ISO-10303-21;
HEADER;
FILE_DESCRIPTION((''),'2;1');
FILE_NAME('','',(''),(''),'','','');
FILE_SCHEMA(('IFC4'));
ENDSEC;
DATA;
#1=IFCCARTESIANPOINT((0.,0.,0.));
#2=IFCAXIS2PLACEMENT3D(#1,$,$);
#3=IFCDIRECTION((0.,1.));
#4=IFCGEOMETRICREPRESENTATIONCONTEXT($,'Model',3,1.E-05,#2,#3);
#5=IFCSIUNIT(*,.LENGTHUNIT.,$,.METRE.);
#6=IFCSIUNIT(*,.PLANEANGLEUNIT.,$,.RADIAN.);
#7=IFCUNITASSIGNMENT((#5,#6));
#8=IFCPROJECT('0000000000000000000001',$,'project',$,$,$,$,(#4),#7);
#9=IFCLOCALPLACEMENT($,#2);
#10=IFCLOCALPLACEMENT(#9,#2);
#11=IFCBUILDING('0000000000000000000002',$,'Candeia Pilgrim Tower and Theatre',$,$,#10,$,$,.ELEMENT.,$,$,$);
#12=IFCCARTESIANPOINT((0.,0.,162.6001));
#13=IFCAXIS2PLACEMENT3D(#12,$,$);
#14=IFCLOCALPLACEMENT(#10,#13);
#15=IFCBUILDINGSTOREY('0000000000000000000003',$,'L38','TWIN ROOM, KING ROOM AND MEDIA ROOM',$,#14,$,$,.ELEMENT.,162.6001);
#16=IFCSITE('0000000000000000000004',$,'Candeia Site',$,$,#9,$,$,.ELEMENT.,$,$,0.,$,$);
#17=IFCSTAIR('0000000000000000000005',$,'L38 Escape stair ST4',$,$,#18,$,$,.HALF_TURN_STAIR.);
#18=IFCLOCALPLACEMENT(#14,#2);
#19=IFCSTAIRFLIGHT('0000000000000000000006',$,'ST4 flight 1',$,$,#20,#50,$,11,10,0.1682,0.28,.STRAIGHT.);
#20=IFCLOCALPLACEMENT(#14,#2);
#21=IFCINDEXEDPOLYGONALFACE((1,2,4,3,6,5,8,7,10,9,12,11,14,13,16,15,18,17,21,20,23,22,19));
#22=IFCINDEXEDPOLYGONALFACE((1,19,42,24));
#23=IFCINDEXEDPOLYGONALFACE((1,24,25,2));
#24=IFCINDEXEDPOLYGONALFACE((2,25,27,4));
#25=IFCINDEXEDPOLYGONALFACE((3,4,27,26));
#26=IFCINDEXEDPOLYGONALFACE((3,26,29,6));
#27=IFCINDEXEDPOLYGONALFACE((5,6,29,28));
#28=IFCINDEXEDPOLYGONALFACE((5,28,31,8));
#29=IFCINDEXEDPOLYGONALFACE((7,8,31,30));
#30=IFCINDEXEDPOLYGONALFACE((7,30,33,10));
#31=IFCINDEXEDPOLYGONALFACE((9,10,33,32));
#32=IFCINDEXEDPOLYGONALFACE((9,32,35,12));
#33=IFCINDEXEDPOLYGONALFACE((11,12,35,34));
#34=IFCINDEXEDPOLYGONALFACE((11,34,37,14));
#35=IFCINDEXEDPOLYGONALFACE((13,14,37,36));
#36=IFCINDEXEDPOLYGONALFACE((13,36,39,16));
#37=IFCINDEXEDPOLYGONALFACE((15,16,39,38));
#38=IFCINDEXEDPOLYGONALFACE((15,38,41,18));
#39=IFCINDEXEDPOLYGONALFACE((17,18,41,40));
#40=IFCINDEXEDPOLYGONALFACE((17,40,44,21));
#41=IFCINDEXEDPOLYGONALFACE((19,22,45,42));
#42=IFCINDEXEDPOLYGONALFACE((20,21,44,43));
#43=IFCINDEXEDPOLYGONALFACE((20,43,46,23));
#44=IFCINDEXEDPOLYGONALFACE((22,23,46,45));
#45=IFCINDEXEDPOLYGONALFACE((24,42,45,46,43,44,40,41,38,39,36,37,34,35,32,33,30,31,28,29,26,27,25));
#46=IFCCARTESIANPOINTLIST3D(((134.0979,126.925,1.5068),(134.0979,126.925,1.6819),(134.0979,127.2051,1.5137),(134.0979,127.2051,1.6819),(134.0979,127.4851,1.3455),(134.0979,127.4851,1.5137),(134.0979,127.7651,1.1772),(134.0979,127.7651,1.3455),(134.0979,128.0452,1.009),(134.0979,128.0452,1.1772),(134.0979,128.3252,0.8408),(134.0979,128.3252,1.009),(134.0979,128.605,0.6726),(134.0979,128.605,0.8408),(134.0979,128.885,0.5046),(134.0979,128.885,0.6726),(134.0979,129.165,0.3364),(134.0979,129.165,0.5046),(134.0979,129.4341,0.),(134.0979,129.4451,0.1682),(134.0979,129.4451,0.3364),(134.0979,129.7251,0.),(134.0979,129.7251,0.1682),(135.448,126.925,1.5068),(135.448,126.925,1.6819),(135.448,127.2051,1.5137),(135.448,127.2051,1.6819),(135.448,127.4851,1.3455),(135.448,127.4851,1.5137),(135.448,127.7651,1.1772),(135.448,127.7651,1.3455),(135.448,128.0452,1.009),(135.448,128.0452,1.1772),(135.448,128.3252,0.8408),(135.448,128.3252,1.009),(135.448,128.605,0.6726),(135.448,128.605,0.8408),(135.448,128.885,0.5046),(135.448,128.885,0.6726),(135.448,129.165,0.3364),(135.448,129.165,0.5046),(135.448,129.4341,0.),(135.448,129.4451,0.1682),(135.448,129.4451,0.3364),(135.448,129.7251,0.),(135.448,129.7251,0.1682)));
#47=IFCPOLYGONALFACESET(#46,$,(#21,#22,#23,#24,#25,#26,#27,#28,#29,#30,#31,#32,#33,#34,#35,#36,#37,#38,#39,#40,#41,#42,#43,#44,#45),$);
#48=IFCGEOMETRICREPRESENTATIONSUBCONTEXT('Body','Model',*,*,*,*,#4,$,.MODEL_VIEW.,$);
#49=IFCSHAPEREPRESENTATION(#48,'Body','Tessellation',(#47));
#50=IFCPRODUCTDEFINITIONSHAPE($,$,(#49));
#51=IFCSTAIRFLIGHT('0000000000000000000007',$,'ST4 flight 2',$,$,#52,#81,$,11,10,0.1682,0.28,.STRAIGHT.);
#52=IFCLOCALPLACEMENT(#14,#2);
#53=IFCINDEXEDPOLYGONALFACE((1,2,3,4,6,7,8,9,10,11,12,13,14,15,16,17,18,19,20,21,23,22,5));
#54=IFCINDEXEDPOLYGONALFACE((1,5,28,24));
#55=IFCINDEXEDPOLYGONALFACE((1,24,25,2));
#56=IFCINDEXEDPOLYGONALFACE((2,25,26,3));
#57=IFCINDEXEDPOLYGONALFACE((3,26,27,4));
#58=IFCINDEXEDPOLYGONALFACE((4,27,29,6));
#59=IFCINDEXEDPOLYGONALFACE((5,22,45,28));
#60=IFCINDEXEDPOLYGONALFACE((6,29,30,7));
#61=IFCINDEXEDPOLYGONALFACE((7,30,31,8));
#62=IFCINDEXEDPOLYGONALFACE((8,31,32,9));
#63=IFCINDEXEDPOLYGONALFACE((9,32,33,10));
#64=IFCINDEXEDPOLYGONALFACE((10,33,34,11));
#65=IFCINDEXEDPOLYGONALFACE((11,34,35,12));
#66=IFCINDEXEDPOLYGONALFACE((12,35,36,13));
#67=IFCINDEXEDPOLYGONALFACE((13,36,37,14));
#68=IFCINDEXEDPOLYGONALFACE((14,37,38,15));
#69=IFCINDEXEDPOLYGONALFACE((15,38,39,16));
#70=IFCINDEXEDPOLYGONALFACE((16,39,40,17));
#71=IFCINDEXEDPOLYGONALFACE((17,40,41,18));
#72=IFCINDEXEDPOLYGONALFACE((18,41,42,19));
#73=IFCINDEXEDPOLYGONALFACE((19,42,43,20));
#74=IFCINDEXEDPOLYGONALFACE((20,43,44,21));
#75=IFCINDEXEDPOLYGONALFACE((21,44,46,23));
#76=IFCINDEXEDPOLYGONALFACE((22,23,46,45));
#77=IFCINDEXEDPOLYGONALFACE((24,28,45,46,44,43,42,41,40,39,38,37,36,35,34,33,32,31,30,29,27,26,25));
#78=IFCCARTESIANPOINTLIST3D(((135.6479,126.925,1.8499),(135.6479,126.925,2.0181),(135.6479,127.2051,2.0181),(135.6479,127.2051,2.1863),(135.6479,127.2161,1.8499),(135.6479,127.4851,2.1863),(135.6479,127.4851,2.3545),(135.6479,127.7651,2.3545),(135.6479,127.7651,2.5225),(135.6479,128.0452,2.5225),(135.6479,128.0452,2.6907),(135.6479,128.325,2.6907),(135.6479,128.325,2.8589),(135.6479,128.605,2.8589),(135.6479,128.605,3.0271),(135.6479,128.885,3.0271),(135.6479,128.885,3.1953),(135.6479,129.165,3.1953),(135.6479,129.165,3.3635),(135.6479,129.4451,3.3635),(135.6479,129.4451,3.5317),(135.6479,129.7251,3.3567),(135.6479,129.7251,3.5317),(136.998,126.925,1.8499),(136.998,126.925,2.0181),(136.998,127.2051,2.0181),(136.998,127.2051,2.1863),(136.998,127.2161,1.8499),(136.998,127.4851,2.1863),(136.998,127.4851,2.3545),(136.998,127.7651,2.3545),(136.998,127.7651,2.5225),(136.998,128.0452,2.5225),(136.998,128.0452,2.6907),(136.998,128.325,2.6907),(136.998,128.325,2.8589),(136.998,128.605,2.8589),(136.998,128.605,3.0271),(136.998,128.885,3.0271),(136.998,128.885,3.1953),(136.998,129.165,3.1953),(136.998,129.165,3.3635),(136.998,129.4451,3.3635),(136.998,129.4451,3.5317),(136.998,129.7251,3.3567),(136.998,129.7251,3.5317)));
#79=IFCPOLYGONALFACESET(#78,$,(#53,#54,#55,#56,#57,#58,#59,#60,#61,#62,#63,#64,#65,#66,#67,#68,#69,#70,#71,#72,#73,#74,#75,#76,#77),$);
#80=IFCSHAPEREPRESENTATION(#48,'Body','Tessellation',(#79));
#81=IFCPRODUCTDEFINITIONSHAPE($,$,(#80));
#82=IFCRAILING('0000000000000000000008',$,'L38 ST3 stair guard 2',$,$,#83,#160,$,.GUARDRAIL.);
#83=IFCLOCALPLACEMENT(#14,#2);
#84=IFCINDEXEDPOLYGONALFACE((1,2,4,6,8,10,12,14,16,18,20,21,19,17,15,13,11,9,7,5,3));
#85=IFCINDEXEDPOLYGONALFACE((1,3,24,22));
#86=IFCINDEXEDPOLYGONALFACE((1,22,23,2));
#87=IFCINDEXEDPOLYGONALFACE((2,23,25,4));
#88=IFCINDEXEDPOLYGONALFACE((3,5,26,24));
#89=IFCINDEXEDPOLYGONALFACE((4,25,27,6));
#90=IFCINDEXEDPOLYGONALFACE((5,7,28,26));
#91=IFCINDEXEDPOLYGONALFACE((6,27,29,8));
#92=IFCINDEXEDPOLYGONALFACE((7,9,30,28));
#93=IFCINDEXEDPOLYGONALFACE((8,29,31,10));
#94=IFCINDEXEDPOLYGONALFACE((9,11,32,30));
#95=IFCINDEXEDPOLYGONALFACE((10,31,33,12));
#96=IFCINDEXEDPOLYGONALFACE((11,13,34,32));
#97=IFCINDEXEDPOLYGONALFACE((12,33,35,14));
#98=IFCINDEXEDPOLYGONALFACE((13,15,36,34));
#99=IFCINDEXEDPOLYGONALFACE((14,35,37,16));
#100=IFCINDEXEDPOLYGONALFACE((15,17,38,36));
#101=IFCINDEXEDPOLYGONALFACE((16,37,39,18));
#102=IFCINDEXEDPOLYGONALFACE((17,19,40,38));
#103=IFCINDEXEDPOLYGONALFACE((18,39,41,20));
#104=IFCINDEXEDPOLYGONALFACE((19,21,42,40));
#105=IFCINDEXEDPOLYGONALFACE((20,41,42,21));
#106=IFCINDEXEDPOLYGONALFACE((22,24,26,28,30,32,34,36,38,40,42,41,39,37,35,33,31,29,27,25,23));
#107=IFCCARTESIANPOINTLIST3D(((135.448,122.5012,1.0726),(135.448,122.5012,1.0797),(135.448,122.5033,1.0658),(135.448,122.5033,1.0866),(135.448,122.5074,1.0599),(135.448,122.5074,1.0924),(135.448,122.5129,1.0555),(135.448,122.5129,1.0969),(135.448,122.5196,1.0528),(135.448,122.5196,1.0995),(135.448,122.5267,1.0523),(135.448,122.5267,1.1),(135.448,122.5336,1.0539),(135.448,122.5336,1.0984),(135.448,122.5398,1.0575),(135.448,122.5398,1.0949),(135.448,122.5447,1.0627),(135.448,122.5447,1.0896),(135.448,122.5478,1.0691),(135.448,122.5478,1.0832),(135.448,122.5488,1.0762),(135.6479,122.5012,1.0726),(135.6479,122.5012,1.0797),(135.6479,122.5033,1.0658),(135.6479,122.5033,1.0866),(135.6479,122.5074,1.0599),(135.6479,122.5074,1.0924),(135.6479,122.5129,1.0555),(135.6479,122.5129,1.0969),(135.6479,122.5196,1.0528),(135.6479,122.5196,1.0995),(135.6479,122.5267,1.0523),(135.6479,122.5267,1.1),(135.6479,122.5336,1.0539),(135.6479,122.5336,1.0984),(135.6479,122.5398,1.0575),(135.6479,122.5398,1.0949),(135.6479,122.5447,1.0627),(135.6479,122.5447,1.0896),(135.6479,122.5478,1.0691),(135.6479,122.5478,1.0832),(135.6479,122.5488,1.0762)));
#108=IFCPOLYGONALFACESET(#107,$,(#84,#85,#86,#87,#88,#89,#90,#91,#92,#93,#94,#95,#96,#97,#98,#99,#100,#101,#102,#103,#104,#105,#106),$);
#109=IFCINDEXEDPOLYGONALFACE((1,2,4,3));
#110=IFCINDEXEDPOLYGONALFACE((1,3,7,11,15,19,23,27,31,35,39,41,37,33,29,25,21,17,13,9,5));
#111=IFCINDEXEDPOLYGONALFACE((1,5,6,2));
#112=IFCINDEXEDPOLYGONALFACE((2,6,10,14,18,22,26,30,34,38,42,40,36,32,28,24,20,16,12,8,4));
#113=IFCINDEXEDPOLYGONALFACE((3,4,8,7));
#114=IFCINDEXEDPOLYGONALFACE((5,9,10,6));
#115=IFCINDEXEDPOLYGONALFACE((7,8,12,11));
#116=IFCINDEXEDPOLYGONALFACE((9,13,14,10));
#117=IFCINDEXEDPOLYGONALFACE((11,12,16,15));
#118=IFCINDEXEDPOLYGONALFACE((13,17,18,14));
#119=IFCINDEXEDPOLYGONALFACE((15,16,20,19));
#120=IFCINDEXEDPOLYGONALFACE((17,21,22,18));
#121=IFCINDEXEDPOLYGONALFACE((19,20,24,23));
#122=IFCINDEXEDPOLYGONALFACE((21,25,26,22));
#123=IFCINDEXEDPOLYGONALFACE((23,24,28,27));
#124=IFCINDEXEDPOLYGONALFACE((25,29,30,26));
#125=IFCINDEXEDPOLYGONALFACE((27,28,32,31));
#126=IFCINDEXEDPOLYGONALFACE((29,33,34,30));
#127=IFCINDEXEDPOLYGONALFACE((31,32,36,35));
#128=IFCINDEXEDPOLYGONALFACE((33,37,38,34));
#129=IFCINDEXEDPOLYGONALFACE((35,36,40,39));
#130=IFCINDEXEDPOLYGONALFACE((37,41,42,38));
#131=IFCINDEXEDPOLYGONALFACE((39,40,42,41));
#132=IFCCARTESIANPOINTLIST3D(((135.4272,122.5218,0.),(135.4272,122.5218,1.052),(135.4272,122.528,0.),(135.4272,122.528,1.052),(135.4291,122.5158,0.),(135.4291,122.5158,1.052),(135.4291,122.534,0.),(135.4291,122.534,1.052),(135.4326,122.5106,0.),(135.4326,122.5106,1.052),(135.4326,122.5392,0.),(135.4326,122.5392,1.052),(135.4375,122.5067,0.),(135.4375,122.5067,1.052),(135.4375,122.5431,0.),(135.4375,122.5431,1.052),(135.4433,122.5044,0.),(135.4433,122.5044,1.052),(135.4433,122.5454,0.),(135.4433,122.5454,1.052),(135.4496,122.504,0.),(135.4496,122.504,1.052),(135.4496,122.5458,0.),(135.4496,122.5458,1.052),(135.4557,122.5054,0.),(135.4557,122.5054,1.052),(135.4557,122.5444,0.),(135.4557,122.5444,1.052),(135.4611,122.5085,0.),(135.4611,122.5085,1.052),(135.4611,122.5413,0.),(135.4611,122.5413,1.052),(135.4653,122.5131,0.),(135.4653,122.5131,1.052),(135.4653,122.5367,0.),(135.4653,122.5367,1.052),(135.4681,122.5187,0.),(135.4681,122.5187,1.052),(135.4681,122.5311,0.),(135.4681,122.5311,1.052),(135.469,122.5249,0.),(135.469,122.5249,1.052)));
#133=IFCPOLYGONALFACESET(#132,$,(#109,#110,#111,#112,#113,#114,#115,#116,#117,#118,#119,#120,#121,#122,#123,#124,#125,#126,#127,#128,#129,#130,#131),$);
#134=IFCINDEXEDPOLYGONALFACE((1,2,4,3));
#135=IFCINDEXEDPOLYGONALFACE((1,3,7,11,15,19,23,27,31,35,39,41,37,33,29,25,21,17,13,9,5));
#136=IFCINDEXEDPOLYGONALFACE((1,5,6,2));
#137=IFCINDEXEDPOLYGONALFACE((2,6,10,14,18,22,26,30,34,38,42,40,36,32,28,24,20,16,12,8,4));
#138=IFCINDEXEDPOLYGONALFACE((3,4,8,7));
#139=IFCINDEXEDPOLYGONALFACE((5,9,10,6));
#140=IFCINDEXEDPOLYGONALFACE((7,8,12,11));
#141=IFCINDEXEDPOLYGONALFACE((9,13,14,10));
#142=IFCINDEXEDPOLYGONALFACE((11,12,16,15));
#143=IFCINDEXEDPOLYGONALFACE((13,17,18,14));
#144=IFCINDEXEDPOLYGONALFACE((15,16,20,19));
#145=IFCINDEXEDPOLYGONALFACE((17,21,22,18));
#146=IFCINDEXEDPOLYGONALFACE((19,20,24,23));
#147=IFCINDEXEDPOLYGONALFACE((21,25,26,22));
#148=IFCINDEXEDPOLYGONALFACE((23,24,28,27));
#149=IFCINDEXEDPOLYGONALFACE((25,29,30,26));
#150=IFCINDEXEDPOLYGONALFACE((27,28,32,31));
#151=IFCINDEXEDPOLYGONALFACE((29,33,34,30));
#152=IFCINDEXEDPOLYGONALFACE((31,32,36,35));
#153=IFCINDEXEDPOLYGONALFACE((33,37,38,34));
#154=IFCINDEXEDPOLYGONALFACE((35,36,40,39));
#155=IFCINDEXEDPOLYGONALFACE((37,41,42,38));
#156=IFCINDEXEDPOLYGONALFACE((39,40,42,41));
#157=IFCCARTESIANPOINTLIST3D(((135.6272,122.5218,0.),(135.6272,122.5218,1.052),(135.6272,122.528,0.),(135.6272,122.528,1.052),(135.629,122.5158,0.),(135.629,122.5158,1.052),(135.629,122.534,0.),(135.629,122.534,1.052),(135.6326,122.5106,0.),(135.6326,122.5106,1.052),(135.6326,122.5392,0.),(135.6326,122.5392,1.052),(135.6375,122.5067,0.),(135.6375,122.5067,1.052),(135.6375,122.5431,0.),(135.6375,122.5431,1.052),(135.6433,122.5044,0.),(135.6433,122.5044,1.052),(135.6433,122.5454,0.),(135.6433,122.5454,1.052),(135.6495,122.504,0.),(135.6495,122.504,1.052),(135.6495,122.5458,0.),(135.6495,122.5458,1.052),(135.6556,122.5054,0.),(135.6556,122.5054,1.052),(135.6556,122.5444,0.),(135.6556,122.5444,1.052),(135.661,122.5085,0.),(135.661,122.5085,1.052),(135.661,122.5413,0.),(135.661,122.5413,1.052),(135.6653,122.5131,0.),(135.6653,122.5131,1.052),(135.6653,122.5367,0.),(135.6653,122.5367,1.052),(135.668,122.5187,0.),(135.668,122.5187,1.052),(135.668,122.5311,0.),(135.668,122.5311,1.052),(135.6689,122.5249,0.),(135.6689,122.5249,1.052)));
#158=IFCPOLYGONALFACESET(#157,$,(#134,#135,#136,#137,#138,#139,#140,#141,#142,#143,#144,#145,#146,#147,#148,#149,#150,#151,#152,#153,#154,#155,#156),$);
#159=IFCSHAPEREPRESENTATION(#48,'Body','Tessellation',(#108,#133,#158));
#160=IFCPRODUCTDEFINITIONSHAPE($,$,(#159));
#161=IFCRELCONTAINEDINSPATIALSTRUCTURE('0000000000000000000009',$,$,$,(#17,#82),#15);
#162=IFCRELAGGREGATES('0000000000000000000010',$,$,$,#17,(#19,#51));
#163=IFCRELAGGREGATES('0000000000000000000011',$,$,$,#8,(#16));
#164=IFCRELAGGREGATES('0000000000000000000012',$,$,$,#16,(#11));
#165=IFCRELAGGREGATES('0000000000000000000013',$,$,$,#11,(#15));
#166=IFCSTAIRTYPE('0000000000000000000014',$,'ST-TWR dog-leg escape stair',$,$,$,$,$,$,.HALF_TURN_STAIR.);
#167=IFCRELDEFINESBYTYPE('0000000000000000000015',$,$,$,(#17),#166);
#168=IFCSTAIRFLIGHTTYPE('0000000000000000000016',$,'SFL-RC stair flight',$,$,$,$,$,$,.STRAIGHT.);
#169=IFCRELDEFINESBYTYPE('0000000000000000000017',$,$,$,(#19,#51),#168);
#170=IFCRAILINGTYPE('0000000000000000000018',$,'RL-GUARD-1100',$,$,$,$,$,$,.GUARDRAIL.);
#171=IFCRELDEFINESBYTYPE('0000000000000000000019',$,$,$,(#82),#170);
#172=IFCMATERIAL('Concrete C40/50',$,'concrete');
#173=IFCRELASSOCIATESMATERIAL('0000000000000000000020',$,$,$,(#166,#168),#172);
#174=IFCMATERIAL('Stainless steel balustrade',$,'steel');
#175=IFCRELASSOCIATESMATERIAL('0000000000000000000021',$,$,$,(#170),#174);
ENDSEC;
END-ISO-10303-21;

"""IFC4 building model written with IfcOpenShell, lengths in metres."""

from ifc_helpers import new_model, si_unit, direction, frame, origin, origin_2d, place, context, subcontext, project, spatial, polyline, circle, outline, extrude, material, type_object, element, aggregate, save


model = new_model("IFC4")

# Units and contexts
model_context = context("Model", 3, precision=1e-05, world=origin(), true_north=direction((0.0, 1.0)))
body_context = subcontext(model_context, "Body", "Model", "MODEL_VIEW")
ifc_project = project(units=[si_unit("LENGTHUNIT", "METRE"), si_unit("PLANEANGLEUNIT", "RADIAN")], contexts=[model_context])

# Site, building, storey
site_placement = place(None, origin())
site = spatial("IfcSite", under=ifc_project, at=site_placement, Name="Candeia Site", CompositionType="ELEMENT", RefElevation=0.0)
building_placement = place(site_placement, origin())
building = spatial("IfcBuilding", under=site, at=building_placement, Name="Candeia Pilgrim Tower and Theatre", CompositionType="ELEMENT")
storey_placement = place(building_placement, frame((0.0, 0.0, 162.6001)))
storey = spatial("IfcBuildingStorey", under=building, at=storey_placement, Name="L38", Description="TWIN ROOM, KING ROOM AND MEDIA ROOM", CompositionType="ELEMENT", Elevation=162.6001)

# Shared definitions
ifc_material_1 = material(Name="Concrete C40/50", Category="concrete")

# Stair, stair flights
stair_type = type_object("IfcStairType", Name="ST-TWR dog-leg escape stair", PredefinedType="HALF_TURN_STAIR", material=ifc_material_1)
stair_flight_type = type_object("IfcStairFlightType", Name="SFL-RC stair flight", PredefinedType="STRAIGHT", material=ifc_material_1)
stair_1_placement = place(storey_placement, origin())
stair_1 = element("IfcStair", 1, at=stair_1_placement, inside=storey, type_object=stair_type, Name="L38 Escape stair ST4", PredefinedType="HALF_TURN_STAIR")
stair_flight_1_placement = place(storey_placement, frame((134.7729, 129.7251, 0.0), z_axis=(0.0, 0.0, 1.0), x_axis=(0.0, -1.0, 0.0)))
stair_flight_1 = element("IfcStairFlight", 2, at=stair_flight_1_placement, type_object=stair_flight_type, Name="ST4 flight 1", NumberOfRisers=11, NumberOfTreads=10, PredefinedType="STRAIGHT", RiserHeight=0.1682, TreadLength=0.28, context=body_context, shape_type="SweptSolid", body=[
    extrude(outline(polyline([(0.0, 0.0), (0.0, 0.1682), (0.28, 0.1682), (0.28, 0.3364), (0.5601, 0.3364), (0.5601, 0.5046), (0.8401, 0.5046), (0.8401, 0.6726), (1.1201, 0.6726), (1.1201, 0.8408), (1.3999, 0.8408), (1.3999, 1.009), (1.6799, 1.009), (1.6799, 1.1772), (1.96, 1.1772), (1.96, 1.3455), (2.24, 1.3455), (2.24, 1.5137), (2.52, 1.5137), (2.52, 1.6819), (2.8, 1.6819), (2.8, 1.8501), (2.8, 1.5068), (0.291, 0.0), (0.0, 0.0)])), frame((0.0, 0.675, 0.0), z_axis=(0.0, -1.0, 0.0), x_axis=(1.0, 0.0, 0.0)), (0.0, 0.0, 1.0), 1.3501),
])
stair_flight_2_placement = place(storey_placement, frame((136.323, 126.925, 1.8499), z_axis=(0.0, 0.0, 1.0), x_axis=(0.0, 1.0, 0.0)))
stair_flight_2 = element("IfcStairFlight", 3, at=stair_flight_2_placement, type_object=stair_flight_type, Name="ST4 flight 2", NumberOfRisers=11, NumberOfTreads=10, PredefinedType="STRAIGHT", RiserHeight=0.1682, TreadLength=0.28, context=body_context, shape_type="SweptSolid", body=[
    extrude(outline(polyline([(0.0, 0.0), (0.0, 0.1682), (0.28, 0.1682), (0.28, 0.3364), (0.5601, 0.3364), (0.5601, 0.5046), (0.8401, 0.5046), (0.8401, 0.6726), (1.1201, 0.6726), (1.1201, 0.8408), (1.3999, 0.8408), (1.3999, 1.009), (1.6799, 1.009), (1.6799, 1.1772), (1.96, 1.1772), (1.96, 1.3455), (2.24, 1.3455), (2.24, 1.5137), (2.52, 1.5137), (2.52, 1.6819), (2.8, 1.6819), (2.8, 1.8501), (2.8, 1.5068), (0.291, 0.0), (0.0, 0.0)])), frame((0.0, 0.675, 0.0), z_axis=(0.0, -1.0, 0.0), x_axis=(1.0, 0.0, 0.0)), (0.0, 0.0, 1.0), 1.3501),
])
aggregate(stair_1, [stair_flight_1, stair_flight_2])

# Railing
ifc_material_2 = material(Name="Stainless steel balustrade", Category="steel")
railing_type_1 = type_object("IfcRailingType", Name="RL-GUARD-1100", PredefinedType="GUARDRAIL", material=ifc_material_2)
railing_1_placement = place(storey_placement, frame((135.448, 122.5249, 0.0)))
element("IfcRailing", 4, at=railing_1_placement, inside=storey, type_object=railing_type_1, Name="L38 ST3 stair guard 2", PredefinedType="GUARDRAIL", context=body_context, shape_type="SweptSolid", body=[
    extrude(circle(Radius=0.0239, at=origin_2d()), frame((0.0, 0.0, 1.0762), z_axis=(1.0, 0.0, 0.0), x_axis=(0.0, 1.0, 0.0)), (0.0, 0.0, 1.0), 0.2),
    extrude(circle(Radius=0.021, at=origin_2d()), origin(), (0.0, 0.0, 1.0), 1.052),
    extrude(circle(Radius=0.021, at=origin_2d()), frame((0.2, 0.0, 0.0)), (0.0, 0.0, 1.0), 1.052),
])

save(model, "model.ifc")
